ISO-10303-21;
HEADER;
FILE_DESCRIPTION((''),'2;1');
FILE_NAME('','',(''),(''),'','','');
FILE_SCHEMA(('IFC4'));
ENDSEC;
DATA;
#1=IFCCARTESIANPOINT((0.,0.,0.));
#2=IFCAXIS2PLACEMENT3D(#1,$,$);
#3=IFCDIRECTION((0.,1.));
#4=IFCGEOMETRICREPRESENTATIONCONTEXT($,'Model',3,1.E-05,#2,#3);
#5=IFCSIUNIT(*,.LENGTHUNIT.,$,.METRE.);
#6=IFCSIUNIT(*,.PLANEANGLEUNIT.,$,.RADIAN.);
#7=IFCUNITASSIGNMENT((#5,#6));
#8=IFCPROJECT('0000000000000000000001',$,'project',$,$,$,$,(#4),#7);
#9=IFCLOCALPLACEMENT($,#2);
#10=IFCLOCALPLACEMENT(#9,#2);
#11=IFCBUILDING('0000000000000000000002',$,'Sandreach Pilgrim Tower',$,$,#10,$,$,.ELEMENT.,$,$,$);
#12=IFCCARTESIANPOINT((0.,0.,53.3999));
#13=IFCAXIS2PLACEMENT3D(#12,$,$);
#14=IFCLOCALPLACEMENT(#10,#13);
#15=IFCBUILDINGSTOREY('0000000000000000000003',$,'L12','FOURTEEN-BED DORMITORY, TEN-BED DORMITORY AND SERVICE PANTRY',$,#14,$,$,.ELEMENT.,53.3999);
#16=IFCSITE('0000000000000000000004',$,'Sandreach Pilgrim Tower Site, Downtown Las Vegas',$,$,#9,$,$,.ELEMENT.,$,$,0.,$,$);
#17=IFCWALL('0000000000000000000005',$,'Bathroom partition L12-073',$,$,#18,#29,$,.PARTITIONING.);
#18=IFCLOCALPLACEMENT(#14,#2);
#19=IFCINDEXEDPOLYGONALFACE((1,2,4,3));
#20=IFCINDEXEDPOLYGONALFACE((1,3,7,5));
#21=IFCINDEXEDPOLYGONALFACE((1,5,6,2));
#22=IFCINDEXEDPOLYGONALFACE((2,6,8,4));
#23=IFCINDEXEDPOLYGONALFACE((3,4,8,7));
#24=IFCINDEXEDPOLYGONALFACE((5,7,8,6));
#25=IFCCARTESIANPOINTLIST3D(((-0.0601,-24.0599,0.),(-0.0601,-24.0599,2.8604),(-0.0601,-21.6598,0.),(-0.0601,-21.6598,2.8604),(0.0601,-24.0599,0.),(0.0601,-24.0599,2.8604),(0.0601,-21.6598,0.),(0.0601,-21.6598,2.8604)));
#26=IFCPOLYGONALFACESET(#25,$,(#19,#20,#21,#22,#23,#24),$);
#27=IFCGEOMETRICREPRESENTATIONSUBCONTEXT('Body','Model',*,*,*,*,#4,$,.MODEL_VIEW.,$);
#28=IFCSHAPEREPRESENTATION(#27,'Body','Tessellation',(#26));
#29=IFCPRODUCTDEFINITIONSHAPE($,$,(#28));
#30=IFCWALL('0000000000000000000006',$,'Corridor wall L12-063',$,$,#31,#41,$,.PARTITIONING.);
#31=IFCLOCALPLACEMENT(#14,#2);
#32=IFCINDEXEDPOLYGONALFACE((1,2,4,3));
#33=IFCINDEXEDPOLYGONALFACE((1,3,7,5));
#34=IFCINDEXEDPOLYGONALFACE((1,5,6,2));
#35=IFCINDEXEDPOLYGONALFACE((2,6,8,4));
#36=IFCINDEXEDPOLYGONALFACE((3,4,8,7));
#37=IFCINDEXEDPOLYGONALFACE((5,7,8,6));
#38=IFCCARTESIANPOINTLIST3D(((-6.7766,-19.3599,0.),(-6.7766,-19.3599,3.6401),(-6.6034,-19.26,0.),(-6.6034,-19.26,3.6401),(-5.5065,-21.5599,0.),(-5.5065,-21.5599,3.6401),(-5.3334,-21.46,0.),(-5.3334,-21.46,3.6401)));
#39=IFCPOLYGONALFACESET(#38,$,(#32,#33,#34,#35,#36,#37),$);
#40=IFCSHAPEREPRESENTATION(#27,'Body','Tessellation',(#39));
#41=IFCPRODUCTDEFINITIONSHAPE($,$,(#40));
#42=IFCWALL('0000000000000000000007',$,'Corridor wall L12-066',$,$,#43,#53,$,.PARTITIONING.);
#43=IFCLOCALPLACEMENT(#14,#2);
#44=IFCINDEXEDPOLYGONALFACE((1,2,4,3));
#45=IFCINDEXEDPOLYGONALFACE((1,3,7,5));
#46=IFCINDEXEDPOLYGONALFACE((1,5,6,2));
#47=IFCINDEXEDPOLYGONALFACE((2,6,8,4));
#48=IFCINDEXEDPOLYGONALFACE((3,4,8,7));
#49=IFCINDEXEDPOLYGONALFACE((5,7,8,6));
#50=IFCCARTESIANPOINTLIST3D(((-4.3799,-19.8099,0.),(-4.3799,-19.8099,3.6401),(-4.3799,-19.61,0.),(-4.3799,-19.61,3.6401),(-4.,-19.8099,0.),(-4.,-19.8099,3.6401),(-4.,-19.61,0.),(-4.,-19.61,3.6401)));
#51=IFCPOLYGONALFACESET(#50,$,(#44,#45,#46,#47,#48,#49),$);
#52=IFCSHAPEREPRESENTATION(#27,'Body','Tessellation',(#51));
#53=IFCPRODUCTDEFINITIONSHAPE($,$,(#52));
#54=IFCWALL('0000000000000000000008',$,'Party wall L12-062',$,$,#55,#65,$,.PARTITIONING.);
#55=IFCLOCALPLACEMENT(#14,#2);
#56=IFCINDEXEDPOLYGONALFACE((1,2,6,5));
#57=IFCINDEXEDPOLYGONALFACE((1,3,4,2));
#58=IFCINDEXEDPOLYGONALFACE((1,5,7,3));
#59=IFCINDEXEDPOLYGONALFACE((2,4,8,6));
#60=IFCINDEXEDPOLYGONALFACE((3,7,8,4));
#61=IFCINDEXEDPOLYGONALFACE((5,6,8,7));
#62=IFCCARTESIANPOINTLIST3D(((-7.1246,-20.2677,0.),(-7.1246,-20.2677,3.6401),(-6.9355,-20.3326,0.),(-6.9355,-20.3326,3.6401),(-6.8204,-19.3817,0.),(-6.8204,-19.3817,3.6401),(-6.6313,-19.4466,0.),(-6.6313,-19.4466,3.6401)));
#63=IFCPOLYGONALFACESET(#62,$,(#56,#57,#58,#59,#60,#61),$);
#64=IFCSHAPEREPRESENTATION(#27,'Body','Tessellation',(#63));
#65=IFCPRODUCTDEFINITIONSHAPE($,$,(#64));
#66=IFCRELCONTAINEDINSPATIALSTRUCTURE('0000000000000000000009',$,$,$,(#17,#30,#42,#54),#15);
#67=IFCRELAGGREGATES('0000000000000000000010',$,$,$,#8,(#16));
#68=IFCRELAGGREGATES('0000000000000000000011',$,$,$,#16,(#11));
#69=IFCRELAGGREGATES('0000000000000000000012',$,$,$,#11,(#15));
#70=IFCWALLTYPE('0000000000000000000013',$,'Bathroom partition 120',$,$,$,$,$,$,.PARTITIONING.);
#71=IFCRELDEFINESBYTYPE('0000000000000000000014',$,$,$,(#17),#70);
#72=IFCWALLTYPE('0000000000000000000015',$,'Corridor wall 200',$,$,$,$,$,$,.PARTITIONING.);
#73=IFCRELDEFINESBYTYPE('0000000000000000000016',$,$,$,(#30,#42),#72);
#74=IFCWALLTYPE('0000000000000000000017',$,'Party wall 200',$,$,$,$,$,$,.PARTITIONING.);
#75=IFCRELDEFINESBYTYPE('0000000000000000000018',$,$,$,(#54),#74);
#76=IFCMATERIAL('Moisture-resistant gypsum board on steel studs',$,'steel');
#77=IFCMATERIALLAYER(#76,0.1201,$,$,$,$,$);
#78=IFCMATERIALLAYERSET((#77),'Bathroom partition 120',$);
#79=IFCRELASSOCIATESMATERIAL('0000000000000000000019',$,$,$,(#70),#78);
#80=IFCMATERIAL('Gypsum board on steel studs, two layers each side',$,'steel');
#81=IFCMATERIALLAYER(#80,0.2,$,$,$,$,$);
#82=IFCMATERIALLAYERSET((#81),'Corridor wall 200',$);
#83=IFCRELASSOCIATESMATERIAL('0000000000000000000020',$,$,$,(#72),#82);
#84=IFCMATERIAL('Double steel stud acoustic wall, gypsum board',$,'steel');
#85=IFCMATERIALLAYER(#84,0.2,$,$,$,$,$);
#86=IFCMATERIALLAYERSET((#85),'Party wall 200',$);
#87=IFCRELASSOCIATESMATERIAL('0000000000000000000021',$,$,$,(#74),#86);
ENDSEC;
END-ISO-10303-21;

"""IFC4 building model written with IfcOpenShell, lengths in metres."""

from ifc_helpers import new_model, si_unit, direction, frame, frame_2d, origin, place, context, subcontext, project, spatial, rectangle, extrude, material, layer, layer_set, type_object, element, save


model = new_model("IFC4")

# Units and contexts
model_context = context("Model", 3, precision=1e-05, world=origin(), true_north=direction((0.0, 1.0)))
body_context = subcontext(model_context, "Body", "Model", "MODEL_VIEW")
ifc_project = project(units=[si_unit("LENGTHUNIT", "METRE"), si_unit("PLANEANGLEUNIT", "RADIAN")], contexts=[model_context])

# Site, building, storey
site_placement = place(None, origin())
site = spatial("IfcSite", under=ifc_project, at=site_placement, Name="Sandreach Pilgrim Tower Site, Downtown Las Vegas", CompositionType="ELEMENT", RefElevation=0.0)
building_placement = place(site_placement, origin())
building = spatial("IfcBuilding", under=site, at=building_placement, Name="Sandreach Pilgrim Tower", CompositionType="ELEMENT")
storey_placement = place(building_placement, frame((0.0, 0.0, 53.3999)))
storey = spatial("IfcBuildingStorey", under=building, at=storey_placement, Name="L12", Description="FOURTEEN-BED DORMITORY, TEN-BED DORMITORY AND SERVICE PANTRY", CompositionType="ELEMENT", Elevation=53.3999)

# Shared definitions
ifc_material_1 = material(Name="Moisture-resistant gypsum board on steel studs", Category="steel")
ifc_layer_1 = layer(ifc_material_1, 0.1201)
ifc_layer_set_1 = layer_set([ifc_layer_1], Name="Bathroom partition 120")
wall_type_1 = type_object("IfcWallType", Name="Bathroom partition 120", PredefinedType="PARTITIONING", material=ifc_layer_set_1)

# Wall
wall_1_placement = place(storey_placement, frame((0.0, -24.0601, 0.0), z_axis=(0.0, 0.0, 1.0), x_axis=(0.0, 1.0, 0.0)))
element("IfcWall", 1, at=wall_1_placement, inside=storey, type_object=wall_type_1, Name="Bathroom partition L12-073", PredefinedType="PARTITIONING", context=body_context, shape_type="SweptSolid", body=[
    extrude(rectangle(XDim=2.4001, YDim=0.1201, at=frame_2d((1.2002, 0.0))), origin(), (0.0, 0.0, 1.0), 2.8604),
])

# Shared definitions
ifc_material_2 = material(Name="Gypsum board on steel studs, two layers each side", Category="steel")
ifc_layer_2 = layer(ifc_material_2, 0.2)
ifc_layer_set_2 = layer_set([ifc_layer_2], Name="Corridor wall 200")
wall_type_2 = type_object("IfcWallType", Name="Corridor wall 200", PredefinedType="PARTITIONING", material=ifc_layer_set_2)

# Wall
wall_2_placement = place(storey_placement, frame((-6.6899, -19.3101, 0.0), z_axis=(0.0, 0.0, 1.0), x_axis=(0.499964, -0.866046, 0.0)))
element("IfcWall", 2, at=wall_2_placement, inside=storey, type_object=wall_type_2, Name="Corridor wall L12-063", PredefinedType="PARTITIONING", context=body_context, shape_type="SweptSolid", body=[
    extrude(rectangle(XDim=2.5403, YDim=0.2, at=frame_2d((1.27, 0.0))), origin(), (0.0, 0.0, 1.0), 3.6401),
])

# Walls
wall_3_placement = place(storey_placement, frame((-4.0, -19.71, 0.0), z_axis=(0.0, 0.0, 1.0), x_axis=(-1.0, 0.0, 0.0)))
element("IfcWall", 3, at=wall_3_placement, inside=storey, type_object=wall_type_2, Name="Corridor wall L12-066", PredefinedType="PARTITIONING", context=body_context, shape_type="SweptSolid", body=[
    extrude(rectangle(XDim=0.3799, YDim=0.2, at=frame_2d((0.1899, 0.0))), origin(), (0.0, 0.0, 1.0), 3.6401),
])
ifc_material_3 = material(Name="Double steel stud acoustic wall, gypsum board", Category="steel")
ifc_layer_3 = layer(ifc_material_3, 0.2)
ifc_layer_set_3 = layer_set([ifc_layer_3], Name="Party wall 200")
wall_type_3 = type_object("IfcWallType", Name="Party wall 200", PredefinedType="PARTITIONING", material=ifc_layer_set_3)
wall_4_placement = place(storey_placement, frame((-7.03, -20.3, 0.0), z_axis=(0.0, 0.0, 1.0), x_axis=(0.324737, 0.945804, 0.0)))
element("IfcWall", 4, at=wall_4_placement, inside=storey, type_object=wall_type_3, Name="Party wall L12-062", PredefinedType="PARTITIONING", context=body_context, shape_type="SweptSolid", body=[
    extrude(rectangle(XDim=0.9368, YDim=0.2, at=frame_2d((0.4683, 0.0))), origin(), (0.0, 0.0, 1.0), 3.6401),
])

save(model, "model.ifc")
